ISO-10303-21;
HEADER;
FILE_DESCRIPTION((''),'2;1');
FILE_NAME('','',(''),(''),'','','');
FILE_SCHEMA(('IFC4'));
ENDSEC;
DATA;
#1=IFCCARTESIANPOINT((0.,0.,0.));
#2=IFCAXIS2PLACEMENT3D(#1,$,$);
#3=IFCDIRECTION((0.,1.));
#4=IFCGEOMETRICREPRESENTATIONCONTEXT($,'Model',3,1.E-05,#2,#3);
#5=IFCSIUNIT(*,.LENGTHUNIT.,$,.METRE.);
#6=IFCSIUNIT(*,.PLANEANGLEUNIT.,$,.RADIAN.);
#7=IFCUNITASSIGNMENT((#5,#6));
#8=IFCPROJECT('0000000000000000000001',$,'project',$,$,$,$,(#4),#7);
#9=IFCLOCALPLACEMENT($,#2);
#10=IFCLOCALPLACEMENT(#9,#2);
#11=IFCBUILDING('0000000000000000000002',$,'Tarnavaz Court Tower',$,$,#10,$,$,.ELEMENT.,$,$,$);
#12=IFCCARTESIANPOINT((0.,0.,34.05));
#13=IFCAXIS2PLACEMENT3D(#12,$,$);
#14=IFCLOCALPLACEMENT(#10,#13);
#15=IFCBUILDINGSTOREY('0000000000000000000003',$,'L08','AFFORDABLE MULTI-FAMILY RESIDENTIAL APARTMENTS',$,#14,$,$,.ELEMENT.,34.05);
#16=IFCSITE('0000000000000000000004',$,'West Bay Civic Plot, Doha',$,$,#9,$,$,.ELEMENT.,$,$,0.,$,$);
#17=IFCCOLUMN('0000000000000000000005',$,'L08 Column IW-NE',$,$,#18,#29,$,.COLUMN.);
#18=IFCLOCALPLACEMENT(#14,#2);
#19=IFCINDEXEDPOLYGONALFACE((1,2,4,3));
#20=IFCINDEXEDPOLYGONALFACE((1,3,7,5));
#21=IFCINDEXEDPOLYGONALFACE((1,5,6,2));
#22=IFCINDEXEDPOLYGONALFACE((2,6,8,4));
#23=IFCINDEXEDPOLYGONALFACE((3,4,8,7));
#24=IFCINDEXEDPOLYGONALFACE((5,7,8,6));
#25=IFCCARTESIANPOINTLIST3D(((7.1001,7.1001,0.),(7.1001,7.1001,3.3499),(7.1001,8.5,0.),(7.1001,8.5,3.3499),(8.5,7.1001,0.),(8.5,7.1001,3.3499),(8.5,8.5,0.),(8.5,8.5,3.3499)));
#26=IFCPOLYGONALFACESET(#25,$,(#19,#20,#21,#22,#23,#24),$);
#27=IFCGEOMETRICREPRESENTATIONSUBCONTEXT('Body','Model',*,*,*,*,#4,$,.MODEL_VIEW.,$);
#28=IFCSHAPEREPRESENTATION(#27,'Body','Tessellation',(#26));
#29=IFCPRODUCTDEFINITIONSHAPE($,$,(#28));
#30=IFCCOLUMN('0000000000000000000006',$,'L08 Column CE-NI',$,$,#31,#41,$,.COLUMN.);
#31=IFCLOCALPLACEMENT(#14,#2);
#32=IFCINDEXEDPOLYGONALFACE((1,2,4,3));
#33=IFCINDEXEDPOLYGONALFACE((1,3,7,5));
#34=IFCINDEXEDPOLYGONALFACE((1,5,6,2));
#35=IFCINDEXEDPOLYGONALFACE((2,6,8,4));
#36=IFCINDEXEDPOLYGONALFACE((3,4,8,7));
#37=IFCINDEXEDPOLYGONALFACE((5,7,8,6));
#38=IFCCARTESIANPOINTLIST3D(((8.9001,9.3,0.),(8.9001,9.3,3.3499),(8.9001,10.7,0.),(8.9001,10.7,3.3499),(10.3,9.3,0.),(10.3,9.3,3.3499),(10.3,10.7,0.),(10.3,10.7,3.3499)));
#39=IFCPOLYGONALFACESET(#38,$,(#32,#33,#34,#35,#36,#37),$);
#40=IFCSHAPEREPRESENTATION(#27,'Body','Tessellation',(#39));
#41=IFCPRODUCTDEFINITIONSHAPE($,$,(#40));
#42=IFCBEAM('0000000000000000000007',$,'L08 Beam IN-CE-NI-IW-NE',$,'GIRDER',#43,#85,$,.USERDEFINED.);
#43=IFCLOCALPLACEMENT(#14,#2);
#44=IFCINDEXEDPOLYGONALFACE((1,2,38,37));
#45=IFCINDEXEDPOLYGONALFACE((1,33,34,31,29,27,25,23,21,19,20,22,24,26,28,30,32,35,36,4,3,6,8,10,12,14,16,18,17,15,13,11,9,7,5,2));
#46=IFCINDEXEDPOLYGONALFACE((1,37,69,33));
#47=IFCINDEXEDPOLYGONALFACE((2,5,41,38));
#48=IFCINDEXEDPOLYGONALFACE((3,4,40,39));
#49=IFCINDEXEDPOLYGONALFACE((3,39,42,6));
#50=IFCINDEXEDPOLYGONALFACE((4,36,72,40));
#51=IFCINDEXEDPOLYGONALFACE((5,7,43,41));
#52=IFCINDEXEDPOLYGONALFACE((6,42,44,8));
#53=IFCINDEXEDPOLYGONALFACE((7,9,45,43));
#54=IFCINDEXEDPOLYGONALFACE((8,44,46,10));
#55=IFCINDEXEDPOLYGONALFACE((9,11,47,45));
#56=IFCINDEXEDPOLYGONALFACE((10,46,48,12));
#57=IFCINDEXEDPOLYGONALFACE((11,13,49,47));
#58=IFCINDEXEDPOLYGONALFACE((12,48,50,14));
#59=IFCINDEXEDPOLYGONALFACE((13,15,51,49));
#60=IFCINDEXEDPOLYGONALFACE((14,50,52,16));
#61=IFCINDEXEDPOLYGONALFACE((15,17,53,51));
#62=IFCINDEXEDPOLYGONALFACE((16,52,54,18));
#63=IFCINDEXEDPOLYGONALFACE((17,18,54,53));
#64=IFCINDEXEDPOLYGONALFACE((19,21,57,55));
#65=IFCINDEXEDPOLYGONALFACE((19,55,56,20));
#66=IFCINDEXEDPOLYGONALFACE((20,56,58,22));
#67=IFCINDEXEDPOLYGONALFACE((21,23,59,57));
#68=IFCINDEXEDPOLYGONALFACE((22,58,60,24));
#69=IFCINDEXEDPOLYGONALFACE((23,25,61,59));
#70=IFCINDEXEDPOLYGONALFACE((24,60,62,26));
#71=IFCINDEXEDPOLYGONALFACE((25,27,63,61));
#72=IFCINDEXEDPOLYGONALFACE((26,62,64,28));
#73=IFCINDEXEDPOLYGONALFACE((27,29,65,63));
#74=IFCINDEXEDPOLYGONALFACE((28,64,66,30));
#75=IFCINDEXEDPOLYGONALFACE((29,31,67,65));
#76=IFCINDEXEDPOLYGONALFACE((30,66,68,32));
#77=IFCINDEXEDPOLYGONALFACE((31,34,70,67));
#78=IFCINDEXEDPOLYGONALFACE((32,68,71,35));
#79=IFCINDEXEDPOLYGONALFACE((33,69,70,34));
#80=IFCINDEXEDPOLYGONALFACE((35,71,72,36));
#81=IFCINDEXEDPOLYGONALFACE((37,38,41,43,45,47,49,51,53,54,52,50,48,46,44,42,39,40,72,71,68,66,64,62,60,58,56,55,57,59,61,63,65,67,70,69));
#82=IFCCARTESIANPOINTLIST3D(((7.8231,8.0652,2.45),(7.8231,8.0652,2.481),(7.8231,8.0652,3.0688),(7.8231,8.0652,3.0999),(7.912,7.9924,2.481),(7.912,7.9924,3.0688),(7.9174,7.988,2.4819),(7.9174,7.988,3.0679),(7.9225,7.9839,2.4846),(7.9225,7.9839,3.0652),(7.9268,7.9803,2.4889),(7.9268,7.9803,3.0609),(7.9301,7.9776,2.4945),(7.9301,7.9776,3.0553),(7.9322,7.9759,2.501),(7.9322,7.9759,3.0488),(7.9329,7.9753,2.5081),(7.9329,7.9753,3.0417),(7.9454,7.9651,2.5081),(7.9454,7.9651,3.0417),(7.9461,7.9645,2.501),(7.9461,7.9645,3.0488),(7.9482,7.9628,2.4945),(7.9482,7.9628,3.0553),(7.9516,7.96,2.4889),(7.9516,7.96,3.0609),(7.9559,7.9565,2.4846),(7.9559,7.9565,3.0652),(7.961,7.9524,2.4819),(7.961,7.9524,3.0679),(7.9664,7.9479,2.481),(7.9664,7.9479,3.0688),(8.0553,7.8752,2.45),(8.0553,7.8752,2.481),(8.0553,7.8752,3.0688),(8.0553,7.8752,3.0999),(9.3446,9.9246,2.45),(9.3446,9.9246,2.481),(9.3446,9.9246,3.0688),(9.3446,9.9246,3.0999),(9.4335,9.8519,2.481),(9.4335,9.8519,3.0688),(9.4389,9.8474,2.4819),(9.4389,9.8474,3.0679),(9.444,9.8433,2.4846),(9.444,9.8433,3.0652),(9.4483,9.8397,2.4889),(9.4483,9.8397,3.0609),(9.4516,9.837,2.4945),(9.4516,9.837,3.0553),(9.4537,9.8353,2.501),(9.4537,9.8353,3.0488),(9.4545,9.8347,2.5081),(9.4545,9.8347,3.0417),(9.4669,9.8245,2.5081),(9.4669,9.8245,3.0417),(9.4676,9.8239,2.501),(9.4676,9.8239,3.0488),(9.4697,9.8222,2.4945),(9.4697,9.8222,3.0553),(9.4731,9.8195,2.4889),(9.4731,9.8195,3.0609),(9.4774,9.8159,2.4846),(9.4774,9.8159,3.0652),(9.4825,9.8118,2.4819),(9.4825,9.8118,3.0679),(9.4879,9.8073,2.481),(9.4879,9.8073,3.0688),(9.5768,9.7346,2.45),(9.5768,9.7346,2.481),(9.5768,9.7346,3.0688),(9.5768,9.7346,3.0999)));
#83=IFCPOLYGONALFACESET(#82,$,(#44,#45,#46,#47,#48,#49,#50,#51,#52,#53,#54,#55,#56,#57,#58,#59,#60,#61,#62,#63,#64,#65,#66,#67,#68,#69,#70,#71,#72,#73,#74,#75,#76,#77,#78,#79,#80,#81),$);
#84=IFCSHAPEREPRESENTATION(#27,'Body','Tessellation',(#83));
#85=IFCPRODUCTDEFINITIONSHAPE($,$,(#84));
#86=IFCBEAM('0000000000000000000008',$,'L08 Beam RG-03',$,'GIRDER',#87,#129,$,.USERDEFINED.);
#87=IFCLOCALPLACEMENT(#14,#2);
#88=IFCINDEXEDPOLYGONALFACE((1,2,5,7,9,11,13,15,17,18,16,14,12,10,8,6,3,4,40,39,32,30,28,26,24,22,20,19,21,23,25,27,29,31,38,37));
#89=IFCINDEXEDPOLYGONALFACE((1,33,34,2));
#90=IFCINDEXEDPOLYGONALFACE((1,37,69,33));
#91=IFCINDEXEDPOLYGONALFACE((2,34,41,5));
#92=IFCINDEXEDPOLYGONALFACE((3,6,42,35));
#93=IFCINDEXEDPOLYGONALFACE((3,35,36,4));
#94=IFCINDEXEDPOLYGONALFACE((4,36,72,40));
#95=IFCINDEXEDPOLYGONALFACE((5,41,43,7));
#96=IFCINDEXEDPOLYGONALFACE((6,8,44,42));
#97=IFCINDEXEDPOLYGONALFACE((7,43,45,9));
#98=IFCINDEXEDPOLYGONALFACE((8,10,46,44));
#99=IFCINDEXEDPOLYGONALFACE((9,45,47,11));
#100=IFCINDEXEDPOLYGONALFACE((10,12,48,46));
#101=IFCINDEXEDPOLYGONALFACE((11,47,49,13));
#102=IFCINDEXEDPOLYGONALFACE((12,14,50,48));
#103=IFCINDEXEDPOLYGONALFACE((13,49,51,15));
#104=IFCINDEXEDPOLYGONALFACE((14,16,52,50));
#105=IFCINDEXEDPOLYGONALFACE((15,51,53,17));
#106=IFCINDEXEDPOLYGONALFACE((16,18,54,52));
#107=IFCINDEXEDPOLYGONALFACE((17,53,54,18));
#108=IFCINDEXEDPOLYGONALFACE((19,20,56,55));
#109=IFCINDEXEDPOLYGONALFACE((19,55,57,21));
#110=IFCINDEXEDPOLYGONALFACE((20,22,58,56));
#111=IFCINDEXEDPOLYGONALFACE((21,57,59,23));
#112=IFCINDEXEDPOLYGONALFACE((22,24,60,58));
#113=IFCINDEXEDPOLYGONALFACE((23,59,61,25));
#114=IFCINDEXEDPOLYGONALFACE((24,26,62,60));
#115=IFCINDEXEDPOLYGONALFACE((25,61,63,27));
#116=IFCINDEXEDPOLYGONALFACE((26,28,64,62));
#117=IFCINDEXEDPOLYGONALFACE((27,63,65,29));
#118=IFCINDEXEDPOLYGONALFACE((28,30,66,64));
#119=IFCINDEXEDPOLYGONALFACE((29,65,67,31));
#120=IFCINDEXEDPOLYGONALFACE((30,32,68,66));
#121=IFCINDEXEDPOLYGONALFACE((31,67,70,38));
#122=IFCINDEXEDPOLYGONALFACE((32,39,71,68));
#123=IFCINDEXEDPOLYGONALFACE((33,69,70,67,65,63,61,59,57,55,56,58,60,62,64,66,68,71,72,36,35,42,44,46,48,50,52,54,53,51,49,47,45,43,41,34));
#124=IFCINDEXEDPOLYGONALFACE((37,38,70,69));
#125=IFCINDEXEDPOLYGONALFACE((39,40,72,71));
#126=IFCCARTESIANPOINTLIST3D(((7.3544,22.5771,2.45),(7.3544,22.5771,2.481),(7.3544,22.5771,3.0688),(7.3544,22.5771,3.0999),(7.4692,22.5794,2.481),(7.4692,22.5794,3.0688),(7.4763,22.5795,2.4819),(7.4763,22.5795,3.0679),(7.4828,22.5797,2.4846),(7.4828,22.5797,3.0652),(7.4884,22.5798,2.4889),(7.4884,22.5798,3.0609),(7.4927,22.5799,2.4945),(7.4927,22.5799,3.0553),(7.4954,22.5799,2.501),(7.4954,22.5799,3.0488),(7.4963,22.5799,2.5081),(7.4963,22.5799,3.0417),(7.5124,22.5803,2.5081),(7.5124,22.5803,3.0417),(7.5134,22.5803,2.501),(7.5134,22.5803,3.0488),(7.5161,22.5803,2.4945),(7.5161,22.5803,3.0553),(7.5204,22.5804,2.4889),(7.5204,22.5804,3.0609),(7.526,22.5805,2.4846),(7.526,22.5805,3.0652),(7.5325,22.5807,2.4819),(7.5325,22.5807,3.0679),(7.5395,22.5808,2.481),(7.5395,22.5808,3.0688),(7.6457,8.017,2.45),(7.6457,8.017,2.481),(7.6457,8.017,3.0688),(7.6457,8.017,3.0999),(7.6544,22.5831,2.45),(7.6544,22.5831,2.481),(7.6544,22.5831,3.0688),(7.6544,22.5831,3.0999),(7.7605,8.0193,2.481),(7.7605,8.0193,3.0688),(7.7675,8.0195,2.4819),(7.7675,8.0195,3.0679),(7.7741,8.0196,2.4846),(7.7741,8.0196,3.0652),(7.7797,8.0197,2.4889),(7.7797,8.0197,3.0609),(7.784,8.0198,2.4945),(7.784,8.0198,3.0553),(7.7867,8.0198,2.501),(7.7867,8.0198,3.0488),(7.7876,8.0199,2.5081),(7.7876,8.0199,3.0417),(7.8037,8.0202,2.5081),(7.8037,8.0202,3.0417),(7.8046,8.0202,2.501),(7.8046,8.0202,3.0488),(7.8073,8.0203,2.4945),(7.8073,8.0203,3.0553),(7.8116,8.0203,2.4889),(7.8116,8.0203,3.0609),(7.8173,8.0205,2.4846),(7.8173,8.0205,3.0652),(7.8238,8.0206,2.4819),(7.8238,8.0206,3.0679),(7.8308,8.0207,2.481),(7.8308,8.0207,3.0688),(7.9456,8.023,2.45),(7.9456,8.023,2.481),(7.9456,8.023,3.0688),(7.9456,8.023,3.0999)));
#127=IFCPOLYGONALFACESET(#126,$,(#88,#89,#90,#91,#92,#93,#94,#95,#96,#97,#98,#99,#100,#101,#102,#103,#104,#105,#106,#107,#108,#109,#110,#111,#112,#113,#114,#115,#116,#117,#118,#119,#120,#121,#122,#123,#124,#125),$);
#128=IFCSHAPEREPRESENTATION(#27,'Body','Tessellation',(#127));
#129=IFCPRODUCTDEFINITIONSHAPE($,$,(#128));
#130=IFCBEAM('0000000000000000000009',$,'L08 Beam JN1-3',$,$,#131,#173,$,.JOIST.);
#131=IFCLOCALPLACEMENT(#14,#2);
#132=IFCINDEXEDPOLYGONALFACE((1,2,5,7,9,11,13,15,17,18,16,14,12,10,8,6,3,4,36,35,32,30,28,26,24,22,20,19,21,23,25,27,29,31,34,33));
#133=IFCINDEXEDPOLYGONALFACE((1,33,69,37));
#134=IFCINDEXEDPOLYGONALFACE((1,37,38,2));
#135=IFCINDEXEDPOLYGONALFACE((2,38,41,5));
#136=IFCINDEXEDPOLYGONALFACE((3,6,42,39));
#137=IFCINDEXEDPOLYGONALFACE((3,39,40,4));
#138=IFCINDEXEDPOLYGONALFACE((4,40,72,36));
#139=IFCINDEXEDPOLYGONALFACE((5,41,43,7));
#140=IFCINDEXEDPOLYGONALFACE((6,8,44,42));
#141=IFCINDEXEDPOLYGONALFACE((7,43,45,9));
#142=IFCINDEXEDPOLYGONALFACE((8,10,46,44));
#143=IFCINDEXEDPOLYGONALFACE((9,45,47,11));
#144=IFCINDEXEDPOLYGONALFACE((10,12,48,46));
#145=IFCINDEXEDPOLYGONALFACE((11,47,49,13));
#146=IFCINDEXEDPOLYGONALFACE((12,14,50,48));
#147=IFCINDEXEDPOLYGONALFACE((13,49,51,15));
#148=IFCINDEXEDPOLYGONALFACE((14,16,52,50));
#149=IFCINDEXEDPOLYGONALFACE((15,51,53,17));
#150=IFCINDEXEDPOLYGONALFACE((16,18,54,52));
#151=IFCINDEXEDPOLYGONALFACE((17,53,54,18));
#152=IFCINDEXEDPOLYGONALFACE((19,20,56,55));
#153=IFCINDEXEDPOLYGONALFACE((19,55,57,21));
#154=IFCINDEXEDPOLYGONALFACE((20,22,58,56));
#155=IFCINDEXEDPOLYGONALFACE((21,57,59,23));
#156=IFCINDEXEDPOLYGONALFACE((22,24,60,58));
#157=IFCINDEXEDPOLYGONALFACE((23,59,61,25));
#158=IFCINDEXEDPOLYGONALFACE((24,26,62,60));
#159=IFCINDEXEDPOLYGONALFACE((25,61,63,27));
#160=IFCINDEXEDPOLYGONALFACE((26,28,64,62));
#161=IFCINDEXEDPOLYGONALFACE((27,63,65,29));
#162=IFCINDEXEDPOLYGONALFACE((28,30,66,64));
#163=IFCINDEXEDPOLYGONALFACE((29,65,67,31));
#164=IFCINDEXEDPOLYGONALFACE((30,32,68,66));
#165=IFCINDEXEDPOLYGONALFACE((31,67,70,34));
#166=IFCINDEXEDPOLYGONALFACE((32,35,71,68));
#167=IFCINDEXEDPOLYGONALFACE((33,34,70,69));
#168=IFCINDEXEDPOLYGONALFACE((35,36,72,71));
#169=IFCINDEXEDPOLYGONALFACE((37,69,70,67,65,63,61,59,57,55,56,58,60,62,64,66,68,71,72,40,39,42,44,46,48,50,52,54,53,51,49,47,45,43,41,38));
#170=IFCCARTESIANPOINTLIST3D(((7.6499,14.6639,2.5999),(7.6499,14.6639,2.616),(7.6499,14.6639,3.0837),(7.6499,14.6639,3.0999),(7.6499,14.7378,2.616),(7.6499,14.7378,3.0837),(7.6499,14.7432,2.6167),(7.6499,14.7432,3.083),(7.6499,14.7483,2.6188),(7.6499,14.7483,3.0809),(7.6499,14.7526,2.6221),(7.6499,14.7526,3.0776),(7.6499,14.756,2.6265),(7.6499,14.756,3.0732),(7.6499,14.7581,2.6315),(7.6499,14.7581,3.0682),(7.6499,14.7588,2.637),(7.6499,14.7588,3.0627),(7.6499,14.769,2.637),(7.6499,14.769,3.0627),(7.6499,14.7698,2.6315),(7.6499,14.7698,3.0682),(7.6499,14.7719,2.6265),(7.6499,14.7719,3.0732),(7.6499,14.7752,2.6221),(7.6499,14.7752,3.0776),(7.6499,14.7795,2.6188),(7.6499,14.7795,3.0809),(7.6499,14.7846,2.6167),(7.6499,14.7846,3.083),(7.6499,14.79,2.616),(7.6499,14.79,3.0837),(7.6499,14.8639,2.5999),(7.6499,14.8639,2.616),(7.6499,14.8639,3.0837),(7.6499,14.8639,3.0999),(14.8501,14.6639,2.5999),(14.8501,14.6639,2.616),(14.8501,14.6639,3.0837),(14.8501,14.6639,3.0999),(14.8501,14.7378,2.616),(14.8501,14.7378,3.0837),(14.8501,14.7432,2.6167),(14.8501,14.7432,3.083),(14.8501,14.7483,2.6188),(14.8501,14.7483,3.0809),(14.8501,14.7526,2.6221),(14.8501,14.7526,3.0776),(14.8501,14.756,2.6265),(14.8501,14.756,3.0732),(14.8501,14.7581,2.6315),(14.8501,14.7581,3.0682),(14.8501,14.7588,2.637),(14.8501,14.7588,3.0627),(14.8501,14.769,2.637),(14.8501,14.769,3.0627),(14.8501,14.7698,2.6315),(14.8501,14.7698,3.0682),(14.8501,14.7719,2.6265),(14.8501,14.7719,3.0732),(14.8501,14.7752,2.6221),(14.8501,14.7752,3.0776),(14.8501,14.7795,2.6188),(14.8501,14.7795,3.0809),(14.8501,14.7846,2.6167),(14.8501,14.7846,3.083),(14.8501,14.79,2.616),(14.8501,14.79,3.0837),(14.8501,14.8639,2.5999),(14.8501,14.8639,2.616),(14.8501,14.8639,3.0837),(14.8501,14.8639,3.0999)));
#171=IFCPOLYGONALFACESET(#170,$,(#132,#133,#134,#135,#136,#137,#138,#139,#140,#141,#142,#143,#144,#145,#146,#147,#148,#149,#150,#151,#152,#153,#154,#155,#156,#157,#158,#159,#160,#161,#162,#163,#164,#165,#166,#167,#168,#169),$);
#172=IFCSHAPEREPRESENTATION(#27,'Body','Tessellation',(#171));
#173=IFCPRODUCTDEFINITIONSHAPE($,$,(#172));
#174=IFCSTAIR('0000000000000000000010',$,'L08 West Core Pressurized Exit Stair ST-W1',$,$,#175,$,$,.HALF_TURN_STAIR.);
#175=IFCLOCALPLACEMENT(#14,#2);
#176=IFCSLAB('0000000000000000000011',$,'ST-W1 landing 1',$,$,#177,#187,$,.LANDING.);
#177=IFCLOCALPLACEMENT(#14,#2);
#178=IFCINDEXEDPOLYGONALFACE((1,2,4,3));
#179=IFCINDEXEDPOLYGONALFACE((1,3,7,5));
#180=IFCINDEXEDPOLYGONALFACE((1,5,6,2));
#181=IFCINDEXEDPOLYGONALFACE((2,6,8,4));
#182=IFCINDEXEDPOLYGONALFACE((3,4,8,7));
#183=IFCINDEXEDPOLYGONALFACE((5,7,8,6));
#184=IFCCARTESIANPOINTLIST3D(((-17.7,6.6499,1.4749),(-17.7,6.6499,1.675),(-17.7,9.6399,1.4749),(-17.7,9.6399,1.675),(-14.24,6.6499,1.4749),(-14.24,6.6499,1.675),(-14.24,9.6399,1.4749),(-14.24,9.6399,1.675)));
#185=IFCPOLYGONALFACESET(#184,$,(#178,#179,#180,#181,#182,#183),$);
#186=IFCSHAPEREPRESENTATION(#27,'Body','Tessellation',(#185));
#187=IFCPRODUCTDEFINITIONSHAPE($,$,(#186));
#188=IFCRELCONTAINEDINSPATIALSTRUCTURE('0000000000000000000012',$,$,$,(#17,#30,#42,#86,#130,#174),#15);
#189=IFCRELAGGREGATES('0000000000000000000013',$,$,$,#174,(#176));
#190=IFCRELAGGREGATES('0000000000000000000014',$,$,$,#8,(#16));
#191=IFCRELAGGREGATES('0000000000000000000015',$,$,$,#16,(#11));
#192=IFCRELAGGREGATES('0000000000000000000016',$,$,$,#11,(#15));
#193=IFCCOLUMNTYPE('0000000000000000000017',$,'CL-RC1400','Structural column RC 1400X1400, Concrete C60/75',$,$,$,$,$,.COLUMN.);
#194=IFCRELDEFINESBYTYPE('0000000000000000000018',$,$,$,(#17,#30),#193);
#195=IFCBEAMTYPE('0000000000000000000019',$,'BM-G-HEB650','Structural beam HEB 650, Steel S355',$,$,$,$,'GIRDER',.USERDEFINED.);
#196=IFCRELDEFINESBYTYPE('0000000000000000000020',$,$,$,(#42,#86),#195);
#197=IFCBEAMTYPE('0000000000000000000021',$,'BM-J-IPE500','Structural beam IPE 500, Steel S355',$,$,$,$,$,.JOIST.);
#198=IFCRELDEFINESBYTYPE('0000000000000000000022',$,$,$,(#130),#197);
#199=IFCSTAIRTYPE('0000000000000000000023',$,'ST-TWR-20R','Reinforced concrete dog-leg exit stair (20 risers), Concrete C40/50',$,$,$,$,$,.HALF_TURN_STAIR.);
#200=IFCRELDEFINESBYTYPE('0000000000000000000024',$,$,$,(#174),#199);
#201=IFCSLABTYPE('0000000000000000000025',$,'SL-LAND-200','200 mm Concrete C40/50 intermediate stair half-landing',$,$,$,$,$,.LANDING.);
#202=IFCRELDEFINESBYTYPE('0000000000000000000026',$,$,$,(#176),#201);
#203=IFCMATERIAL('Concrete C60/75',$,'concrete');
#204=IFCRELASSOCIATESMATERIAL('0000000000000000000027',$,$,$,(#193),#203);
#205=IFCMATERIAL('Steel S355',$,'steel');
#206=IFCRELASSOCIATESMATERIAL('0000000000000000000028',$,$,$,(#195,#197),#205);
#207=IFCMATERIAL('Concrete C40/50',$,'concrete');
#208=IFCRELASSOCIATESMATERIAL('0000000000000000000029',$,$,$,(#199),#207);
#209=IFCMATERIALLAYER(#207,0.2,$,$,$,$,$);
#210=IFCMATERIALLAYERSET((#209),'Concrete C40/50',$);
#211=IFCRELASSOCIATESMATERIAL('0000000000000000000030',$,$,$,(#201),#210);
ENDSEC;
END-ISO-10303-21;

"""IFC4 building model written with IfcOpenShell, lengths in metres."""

from ifc_helpers import new_model, si_unit, direction, frame, origin, origin_2d, place, context, subcontext, project, spatial, polyline, rectangle, i_section, outline, extrude, material, layer, layer_set, material_profile, profile_set, type_object, element, aggregate, save


model = new_model("IFC4")

# Units and contexts
model_context = context("Model", 3, precision=1e-05, world=origin(), true_north=direction((0.0, 1.0)))
body_context = subcontext(model_context, "Body", "Model", "MODEL_VIEW")
ifc_project = project(units=[si_unit("LENGTHUNIT", "METRE"), si_unit("PLANEANGLEUNIT", "RADIAN")], contexts=[model_context])

# Site, building, storey
site_placement = place(None, origin())
site = spatial("IfcSite", under=ifc_project, at=site_placement, Name="West Bay Civic Plot, Doha", CompositionType="ELEMENT", RefElevation=0.0)
building_placement = place(site_placement, origin())
building = spatial("IfcBuilding", under=site, at=building_placement, Name="Tarnavaz Court Tower", CompositionType="ELEMENT")
storey_placement = place(building_placement, frame((0.0, 0.0, 34.05)))
storey = spatial("IfcBuildingStorey", under=building, at=storey_placement, Name="L08", Description="AFFORDABLE MULTI-FAMILY RESIDENTIAL APARTMENTS", CompositionType="ELEMENT", Elevation=34.05)

# Columns
ifc_material_1 = material(Name="Concrete C60/75", Category="concrete")
ifc_material_profile_1 = material_profile(ifc_material_1, rectangle(XDim=1.3999, YDim=1.3999, at=origin_2d()), Name="RC 1400X1400")
ifc_profile_set_1 = profile_set([ifc_material_profile_1], Name="Concrete C60/75")
column_type = type_object("IfcColumnType", Name="CL-RC1400", Description="Structural column RC 1400X1400, Concrete C60/75", PredefinedType="COLUMN", material=ifc_profile_set_1)
for number, where, z_axis, x_axis, name in (
    (1, (7.8, 7.8, 0.0), (0.0, 0.0, 1.0), (1.0, 0.0, 0.0), "L08 Column IW-NE"),
    (2, (9.6001, 10.0, 0.0), (0.0, 0.0, 1.0), (1.0, 0.0, 0.0), "L08 Column CE-NI"),
):
    element("IfcColumn", number, at=place(storey_placement, frame(where, z_axis=z_axis, x_axis=x_axis)), inside=storey, type_object=column_type, Name=name, PredefinedType="COLUMN", context=body_context, shape_type="SweptSolid", body=[
        extrude(rectangle(XDim=1.3999, YDim=1.3999, at=origin_2d()), origin(), (0.0, 0.0, 1.0), 3.3499),
    ])

# Beams
ifc_material_2 = material(Name="Steel S355", Category="steel")
ifc_material_profile_2 = material_profile(ifc_material_2, i_section(OverallWidth=0.3, OverallDepth=0.6499, WebThickness=0.0161, FlangeThickness=0.031, FilletRadius=0.0271, at=origin_2d()), Name="HEB 650")
ifc_profile_set_2 = profile_set([ifc_material_profile_2], Name="Steel S355")
beam_type_1 = type_object("IfcBeamType", Name="BM-G-HEB650", Description="Structural beam HEB 650, Steel S355", ElementType="GIRDER", PredefinedType="USERDEFINED", material=ifc_profile_set_2)
beam_1_placement = place(storey_placement, frame((9.4607, 9.8296, 2.7749), z_axis=(-0.633282, -0.773921, 0.0), x_axis=(0.773921, -0.633282, 0.0)))
element("IfcBeam", 3, at=beam_1_placement, inside=storey, type_object=beam_type_1, Name="L08 Beam IN-CE-NI-IW-NE", ObjectType="GIRDER", PredefinedType="USERDEFINED", context=body_context, shape_type="SweptSolid", body=[
    extrude(i_section(OverallWidth=0.3, OverallDepth=0.6499, WebThickness=0.0161, FlangeThickness=0.031, FilletRadius=0.0271, at=origin_2d()), origin(), (0.0, 0.0, 1.0), 2.4026),
])
beam_2_placement = place(storey_placement, frame((7.7957, 8.02, 2.7749), z_axis=(-0.02, 0.9998, 0.0), x_axis=(-0.9998, -0.02, 0.0)))
element("IfcBeam", 4, at=beam_2_placement, inside=storey, type_object=beam_type_1, Name="L08 Beam RG-03", ObjectType="GIRDER", PredefinedType="USERDEFINED", context=body_context, shape_type="SweptSolid", body=[
    extrude(i_section(OverallWidth=0.3, OverallDepth=0.6499, WebThickness=0.0161, FlangeThickness=0.031, FilletRadius=0.0271, at=origin_2d()), origin(), (0.0, 0.0, 1.0), 14.563),
])
ifc_material_profile_3 = material_profile(ifc_material_2, i_section(OverallWidth=0.2, OverallDepth=0.5, WebThickness=0.0103, FlangeThickness=0.0161, FilletRadius=0.021, at=origin_2d()), Name="IPE 500")
ifc_profile_set_3 = profile_set([ifc_material_profile_3], Name="Steel S355")
beam_type_2 = type_object("IfcBeamType", Name="BM-J-IPE500", Description="Structural beam IPE 500, Steel S355", PredefinedType="JOIST", material=ifc_profile_set_3)
beam_3_placement = place(storey_placement, frame((7.6499, 14.7639, 2.8499), z_axis=(1.0, 0.0, 0.0), x_axis=(0.0, 1.0, 0.0)))
element("IfcBeam", 5, at=beam_3_placement, inside=storey, type_object=beam_type_2, Name="L08 Beam JN1-3", PredefinedType="JOIST", context=body_context, shape_type="SweptSolid", body=[
    extrude(i_section(OverallWidth=0.2, OverallDepth=0.5, WebThickness=0.0103, FlangeThickness=0.0161, FilletRadius=0.021, at=origin_2d()), origin(), (0.0, 0.0, 1.0), 7.2002),
])

# Stair, slab
ifc_material_3 = material(Name="Concrete C40/50", Category="concrete")
stair_type = type_object("IfcStairType", Name="ST-TWR-20R", Description="Reinforced concrete dog-leg exit stair (20 risers), Concrete C40/50", PredefinedType="HALF_TURN_STAIR", material=ifc_material_3)
stair_1_placement = place(storey_placement, origin())
stair_1 = element("IfcStair", 6, at=stair_1_placement, inside=storey, type_object=stair_type, Name="L08 West Core Pressurized Exit Stair ST-W1", PredefinedType="HALF_TURN_STAIR")
ifc_layer_1 = layer(ifc_material_3, 0.2)
ifc_layer_set_1 = layer_set([ifc_layer_1], Name="Concrete C40/50")
slab_type_1 = type_object("IfcSlabType", Name="SL-LAND-200", Description="200 mm Concrete C40/50 intermediate stair half-landing", PredefinedType="LANDING", material=ifc_layer_set_1)
slab_1_placement = place(storey_placement, frame((0.0, 0.0, 1.4749)))
slab_1 = element("IfcSlab", 7, at=slab_1_placement, type_object=slab_type_1, Name="ST-W1 landing 1", PredefinedType="LANDING", context=body_context, shape_type="SweptSolid", body=[
    extrude(outline(polyline([(-14.24, 9.6399), (-17.7, 9.6399), (-17.7, 6.6499), (-14.24, 6.6499), (-14.24, 9.6399)])), origin(), (0.0, 0.0, 1.0), 0.2002),
])
aggregate(stair_1, [slab_1])

save(model, "model.ifc")
